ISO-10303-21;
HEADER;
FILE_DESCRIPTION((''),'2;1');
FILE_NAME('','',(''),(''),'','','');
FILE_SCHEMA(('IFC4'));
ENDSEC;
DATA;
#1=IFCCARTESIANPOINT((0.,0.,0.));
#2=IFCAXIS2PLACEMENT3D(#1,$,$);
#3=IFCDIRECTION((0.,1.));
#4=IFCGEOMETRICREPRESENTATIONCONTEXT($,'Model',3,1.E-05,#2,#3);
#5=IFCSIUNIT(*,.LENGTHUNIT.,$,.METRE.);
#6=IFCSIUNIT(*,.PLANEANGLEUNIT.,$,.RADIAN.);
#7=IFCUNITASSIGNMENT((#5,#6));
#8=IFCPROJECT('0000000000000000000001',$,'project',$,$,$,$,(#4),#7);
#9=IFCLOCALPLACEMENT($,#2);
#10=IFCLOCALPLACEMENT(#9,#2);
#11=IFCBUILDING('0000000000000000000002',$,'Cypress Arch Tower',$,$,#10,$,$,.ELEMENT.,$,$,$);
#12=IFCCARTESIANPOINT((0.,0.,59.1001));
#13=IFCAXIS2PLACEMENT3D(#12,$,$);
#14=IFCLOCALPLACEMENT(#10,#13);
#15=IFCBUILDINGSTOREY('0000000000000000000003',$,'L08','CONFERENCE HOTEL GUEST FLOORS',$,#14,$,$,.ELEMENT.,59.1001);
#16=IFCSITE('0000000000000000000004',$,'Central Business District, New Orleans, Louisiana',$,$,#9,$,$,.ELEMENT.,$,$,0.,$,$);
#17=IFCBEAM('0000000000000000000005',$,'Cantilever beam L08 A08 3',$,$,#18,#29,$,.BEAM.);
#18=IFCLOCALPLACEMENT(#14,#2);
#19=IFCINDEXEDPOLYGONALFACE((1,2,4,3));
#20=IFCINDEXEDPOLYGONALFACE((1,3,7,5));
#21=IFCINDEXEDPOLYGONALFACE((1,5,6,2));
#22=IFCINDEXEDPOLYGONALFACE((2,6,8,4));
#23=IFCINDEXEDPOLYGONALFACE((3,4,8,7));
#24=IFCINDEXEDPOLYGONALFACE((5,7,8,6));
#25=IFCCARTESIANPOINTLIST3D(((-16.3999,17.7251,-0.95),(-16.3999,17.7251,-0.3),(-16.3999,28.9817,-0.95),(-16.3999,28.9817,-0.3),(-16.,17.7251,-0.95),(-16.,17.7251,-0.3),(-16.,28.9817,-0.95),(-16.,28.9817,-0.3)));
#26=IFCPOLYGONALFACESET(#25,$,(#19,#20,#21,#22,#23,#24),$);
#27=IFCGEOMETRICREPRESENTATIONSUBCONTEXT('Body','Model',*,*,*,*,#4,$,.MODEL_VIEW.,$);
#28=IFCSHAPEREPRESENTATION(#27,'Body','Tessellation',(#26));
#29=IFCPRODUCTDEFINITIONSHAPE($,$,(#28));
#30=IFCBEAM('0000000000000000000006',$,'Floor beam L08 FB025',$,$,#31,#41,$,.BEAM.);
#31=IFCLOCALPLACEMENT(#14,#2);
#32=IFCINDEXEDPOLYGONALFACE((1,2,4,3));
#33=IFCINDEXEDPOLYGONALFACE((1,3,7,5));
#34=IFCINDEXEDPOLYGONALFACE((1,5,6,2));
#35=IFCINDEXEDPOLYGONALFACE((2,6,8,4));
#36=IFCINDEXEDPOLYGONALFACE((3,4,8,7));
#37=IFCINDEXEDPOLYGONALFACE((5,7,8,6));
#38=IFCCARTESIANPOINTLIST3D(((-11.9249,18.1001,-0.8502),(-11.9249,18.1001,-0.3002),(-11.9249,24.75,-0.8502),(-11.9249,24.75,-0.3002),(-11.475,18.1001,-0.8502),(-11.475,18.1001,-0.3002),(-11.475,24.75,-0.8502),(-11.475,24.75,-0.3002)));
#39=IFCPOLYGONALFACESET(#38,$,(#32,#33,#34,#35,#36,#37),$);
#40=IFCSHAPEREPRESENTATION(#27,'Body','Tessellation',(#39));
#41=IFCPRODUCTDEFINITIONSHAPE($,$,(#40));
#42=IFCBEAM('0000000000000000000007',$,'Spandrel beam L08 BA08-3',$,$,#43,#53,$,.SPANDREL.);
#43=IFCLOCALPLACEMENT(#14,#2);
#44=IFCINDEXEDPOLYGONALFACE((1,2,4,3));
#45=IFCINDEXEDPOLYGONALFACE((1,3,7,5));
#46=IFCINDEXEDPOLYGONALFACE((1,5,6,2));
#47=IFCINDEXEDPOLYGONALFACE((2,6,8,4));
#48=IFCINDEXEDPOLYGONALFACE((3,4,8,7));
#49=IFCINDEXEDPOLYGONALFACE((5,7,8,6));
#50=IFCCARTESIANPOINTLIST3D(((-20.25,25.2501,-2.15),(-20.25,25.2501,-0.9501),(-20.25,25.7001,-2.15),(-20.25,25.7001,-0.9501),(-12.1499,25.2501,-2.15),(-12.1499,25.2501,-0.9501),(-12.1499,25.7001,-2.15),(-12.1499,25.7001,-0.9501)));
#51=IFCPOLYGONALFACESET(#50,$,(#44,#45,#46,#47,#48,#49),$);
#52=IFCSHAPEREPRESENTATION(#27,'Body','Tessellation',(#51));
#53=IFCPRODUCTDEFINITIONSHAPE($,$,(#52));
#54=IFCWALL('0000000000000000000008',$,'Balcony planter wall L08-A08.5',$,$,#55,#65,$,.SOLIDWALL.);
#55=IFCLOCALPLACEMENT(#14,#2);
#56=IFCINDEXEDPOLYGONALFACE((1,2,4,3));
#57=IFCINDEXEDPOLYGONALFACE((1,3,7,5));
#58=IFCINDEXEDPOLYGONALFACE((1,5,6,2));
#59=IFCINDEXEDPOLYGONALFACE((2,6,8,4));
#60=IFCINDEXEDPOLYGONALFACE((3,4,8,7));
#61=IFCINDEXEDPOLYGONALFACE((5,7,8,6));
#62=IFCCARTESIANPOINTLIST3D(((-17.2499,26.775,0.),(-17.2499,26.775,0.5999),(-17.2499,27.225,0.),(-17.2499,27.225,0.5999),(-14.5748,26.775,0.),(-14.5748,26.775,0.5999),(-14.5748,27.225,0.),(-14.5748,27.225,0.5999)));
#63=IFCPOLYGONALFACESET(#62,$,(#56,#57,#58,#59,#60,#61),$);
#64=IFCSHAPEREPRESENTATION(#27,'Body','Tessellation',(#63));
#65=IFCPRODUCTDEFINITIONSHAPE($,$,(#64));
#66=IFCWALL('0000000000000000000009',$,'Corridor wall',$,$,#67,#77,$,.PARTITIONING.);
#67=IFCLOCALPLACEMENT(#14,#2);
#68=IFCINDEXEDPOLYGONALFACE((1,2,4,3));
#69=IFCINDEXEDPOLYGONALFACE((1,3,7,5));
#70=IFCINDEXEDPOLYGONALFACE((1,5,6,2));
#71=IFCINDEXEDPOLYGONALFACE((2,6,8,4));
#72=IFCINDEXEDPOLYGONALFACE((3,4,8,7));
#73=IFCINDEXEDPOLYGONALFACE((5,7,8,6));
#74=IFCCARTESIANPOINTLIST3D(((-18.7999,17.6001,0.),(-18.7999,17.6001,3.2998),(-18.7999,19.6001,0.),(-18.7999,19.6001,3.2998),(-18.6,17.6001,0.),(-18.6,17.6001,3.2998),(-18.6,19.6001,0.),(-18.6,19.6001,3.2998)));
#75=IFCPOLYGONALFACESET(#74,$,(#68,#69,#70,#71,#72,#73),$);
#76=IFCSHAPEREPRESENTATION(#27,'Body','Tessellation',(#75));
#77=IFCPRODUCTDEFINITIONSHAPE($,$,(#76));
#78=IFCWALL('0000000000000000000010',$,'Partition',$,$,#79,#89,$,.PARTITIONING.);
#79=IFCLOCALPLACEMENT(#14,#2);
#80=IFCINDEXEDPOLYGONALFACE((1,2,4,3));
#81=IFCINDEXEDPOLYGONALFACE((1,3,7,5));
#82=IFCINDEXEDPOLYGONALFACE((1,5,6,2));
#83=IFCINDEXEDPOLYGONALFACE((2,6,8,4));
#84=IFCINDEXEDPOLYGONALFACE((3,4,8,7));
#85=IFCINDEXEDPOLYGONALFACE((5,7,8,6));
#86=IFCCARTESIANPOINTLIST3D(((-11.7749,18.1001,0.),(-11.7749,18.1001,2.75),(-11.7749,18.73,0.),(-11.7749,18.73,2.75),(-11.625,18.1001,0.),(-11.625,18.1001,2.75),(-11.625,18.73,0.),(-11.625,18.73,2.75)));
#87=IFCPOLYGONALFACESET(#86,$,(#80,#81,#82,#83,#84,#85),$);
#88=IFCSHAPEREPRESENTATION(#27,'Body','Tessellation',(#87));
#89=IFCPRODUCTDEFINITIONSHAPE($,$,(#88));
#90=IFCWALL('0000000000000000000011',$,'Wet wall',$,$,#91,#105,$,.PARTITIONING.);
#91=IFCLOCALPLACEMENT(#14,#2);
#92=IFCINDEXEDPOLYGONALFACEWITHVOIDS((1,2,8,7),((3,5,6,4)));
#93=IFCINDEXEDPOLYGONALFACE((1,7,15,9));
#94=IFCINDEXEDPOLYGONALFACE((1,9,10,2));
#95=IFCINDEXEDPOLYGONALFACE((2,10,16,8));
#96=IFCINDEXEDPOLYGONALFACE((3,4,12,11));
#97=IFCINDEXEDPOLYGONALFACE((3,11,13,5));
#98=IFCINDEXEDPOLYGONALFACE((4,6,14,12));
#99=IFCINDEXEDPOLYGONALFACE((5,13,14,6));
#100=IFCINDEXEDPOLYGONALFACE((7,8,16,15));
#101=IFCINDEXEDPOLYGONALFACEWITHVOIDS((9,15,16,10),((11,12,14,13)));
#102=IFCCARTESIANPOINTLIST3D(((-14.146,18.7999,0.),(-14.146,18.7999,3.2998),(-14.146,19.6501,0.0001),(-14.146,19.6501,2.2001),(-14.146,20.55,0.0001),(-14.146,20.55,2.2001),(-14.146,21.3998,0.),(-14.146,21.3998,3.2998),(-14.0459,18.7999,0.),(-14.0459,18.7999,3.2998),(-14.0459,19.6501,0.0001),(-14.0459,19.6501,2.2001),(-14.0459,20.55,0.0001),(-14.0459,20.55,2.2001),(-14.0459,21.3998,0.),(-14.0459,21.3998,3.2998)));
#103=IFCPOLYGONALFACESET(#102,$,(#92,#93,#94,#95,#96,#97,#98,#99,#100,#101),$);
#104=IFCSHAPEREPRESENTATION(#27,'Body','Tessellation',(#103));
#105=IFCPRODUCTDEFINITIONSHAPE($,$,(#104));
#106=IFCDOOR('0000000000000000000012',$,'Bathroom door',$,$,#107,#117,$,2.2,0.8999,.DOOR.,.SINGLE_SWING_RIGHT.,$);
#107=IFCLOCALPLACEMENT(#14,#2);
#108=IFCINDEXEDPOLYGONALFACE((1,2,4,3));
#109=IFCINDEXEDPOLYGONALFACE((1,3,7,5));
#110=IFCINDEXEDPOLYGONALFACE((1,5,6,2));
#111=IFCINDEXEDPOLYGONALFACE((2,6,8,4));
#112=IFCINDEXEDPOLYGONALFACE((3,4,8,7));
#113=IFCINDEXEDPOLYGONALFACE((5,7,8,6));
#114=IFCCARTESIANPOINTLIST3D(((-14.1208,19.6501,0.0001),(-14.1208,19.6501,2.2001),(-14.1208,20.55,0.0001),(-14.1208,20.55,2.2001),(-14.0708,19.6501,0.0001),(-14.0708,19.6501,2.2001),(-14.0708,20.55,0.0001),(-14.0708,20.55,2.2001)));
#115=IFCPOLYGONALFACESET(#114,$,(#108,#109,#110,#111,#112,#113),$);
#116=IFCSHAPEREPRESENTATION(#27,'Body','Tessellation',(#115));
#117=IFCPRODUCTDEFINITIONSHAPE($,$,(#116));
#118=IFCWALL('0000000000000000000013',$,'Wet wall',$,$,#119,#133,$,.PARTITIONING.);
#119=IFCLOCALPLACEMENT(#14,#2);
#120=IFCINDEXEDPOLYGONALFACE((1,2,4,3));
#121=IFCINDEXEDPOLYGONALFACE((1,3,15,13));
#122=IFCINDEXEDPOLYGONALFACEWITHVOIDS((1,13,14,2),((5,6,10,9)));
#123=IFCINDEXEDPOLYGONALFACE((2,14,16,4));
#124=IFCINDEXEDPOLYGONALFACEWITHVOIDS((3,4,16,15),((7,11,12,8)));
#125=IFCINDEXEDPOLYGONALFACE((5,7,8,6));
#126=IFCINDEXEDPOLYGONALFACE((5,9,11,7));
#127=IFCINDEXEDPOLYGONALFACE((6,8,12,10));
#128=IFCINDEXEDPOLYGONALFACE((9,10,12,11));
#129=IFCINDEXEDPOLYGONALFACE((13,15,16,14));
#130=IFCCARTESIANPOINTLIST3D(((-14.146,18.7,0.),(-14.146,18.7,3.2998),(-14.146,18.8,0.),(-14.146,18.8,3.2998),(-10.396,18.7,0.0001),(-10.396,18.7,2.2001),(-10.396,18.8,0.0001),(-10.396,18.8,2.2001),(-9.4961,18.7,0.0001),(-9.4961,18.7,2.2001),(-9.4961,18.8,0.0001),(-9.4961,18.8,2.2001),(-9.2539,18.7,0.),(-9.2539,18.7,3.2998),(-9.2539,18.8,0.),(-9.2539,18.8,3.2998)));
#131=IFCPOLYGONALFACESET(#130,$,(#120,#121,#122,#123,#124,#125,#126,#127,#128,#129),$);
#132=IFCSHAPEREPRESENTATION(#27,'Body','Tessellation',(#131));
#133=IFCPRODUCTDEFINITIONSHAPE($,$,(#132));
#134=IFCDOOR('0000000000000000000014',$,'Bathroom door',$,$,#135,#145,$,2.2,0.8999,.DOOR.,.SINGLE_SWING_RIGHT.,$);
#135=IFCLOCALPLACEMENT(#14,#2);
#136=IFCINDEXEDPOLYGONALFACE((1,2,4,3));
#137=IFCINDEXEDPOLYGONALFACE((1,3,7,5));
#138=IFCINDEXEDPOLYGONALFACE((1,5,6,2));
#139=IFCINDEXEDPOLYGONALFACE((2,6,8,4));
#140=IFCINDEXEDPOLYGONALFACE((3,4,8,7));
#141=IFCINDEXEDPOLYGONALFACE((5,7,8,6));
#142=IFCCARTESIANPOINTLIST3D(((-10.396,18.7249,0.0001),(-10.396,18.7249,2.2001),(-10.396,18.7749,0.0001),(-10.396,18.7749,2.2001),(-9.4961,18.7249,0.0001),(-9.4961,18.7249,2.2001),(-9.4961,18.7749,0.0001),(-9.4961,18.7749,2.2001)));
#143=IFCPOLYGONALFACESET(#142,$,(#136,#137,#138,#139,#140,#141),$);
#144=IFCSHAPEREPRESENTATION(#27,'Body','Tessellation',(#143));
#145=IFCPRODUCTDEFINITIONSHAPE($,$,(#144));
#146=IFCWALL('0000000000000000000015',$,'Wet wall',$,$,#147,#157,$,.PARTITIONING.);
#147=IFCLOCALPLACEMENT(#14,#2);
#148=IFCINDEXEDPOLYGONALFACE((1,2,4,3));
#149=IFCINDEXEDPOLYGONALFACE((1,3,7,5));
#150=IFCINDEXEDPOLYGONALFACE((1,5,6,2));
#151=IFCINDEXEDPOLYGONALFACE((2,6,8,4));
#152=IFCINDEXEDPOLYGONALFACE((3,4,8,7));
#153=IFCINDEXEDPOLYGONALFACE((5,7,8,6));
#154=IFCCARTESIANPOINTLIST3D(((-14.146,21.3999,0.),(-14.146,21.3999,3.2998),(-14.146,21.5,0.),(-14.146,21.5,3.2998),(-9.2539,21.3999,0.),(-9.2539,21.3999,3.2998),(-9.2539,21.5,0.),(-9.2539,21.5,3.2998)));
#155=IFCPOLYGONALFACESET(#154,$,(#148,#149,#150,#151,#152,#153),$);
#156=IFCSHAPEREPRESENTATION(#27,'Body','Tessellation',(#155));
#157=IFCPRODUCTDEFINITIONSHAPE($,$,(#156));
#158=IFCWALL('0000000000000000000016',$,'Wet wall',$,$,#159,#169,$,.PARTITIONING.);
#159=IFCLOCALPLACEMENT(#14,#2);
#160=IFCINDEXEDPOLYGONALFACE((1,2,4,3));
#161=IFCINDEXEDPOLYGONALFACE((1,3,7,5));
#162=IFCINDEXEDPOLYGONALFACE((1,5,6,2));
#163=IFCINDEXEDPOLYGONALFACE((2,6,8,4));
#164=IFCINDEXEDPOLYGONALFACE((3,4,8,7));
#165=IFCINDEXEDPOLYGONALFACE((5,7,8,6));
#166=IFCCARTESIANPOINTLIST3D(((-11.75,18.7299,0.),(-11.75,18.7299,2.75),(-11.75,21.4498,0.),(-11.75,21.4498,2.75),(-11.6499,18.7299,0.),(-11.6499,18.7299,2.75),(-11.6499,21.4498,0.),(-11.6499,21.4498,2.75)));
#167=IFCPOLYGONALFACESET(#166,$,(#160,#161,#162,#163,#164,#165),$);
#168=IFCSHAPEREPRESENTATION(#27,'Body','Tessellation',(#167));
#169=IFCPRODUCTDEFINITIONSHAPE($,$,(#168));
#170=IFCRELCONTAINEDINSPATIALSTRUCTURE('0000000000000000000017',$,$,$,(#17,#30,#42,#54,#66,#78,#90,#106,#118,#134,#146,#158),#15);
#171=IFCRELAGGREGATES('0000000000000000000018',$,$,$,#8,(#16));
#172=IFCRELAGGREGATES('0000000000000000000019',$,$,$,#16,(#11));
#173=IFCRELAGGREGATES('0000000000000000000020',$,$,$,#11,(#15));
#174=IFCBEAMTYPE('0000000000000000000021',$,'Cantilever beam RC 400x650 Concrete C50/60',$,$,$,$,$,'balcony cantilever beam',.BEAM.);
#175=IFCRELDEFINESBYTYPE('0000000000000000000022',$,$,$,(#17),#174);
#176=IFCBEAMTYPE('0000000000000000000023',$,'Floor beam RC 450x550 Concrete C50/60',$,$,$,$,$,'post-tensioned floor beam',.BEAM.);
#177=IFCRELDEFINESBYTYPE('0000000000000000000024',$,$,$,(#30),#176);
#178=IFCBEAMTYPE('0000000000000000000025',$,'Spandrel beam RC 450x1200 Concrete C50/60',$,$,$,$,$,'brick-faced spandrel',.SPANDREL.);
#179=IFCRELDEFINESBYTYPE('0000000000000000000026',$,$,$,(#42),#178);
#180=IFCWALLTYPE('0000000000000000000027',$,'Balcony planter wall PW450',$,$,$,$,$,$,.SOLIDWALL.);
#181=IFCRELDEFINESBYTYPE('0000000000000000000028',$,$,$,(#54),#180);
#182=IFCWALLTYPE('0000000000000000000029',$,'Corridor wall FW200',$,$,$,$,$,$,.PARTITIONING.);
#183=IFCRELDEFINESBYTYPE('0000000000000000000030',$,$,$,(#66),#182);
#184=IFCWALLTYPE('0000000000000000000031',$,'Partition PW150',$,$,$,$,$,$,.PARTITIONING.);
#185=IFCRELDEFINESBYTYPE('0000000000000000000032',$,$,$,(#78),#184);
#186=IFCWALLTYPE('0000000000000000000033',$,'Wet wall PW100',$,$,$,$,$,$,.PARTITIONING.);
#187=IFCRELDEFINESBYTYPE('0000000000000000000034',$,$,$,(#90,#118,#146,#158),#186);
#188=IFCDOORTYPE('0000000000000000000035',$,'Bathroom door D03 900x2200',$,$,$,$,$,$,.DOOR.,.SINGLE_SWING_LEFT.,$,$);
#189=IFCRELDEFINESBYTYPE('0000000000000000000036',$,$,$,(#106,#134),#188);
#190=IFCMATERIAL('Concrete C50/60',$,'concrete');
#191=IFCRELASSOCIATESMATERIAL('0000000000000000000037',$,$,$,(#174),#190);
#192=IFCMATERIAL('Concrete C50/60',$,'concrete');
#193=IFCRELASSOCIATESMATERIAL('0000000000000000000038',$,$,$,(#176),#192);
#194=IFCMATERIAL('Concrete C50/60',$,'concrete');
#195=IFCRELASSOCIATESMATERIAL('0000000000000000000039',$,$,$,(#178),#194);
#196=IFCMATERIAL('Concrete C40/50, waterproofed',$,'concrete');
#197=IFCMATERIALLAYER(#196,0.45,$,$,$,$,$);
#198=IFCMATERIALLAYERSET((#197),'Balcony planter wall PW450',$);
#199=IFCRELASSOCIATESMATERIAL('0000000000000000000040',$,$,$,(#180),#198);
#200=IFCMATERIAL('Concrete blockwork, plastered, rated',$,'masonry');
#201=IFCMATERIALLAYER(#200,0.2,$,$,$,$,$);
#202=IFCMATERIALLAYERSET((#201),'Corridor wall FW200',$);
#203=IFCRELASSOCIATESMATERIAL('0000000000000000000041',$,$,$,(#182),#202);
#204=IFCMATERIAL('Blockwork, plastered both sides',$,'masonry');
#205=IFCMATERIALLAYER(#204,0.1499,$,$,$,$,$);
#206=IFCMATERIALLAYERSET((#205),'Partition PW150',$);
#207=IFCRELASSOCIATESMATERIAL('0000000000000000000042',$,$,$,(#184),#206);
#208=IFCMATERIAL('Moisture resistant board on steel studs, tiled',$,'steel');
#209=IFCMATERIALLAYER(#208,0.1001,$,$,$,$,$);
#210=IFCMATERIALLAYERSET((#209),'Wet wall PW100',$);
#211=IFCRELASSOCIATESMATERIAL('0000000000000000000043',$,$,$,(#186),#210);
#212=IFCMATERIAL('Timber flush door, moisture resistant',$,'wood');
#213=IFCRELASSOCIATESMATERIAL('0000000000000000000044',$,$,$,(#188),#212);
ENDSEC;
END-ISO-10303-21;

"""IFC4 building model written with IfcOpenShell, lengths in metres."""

from ifc_helpers import new_model, si_unit, direction, frame, frame_2d, origin, origin_2d, place, context, subcontext, project, spatial, rectangle, extrude, material, layer, layer_set, material_profile, profile_set, type_object, element, fill, save


model = new_model("IFC4")

# Units and contexts
model_context = context("Model", 3, precision=1e-05, world=origin(), true_north=direction((0.0, 1.0)))
body_context = subcontext(model_context, "Body", "Model", "MODEL_VIEW")
ifc_project = project(units=[si_unit("LENGTHUNIT", "METRE"), si_unit("PLANEANGLEUNIT", "RADIAN")], contexts=[model_context])

# Site, building, storey
site_placement = place(None, origin())
site = spatial("IfcSite", under=ifc_project, at=site_placement, Name="Central Business District, New Orleans, Louisiana", CompositionType="ELEMENT", RefElevation=0.0)
building_placement = place(site_placement, origin())
building = spatial("IfcBuilding", under=site, at=building_placement, Name="Cypress Arch Tower", CompositionType="ELEMENT")
storey_placement = place(building_placement, frame((0.0, 0.0, 59.1001)))
storey = spatial("IfcBuildingStorey", under=building, at=storey_placement, Name="L08", Description="CONFERENCE HOTEL GUEST FLOORS", CompositionType="ELEMENT", Elevation=59.1001)

# Beams
ifc_material_1 = material(Name="Concrete C50/60", Category="concrete")
ifc_material_profile_1 = material_profile(ifc_material_1, rectangle(XDim=0.3999, YDim=0.6499, at=origin_2d()), Name="RC 400x650")
ifc_profile_set_1 = profile_set([ifc_material_profile_1], Name="Concrete C50/60")
beam_type_1 = type_object("IfcBeamType", Name="Cantilever beam RC 400x650 Concrete C50/60", ElementType="balcony cantilever beam", PredefinedType="BEAM", material=ifc_profile_set_1)
beam_1_placement = place(storey_placement, frame((-16.2, 17.7251, -0.625), z_axis=(0.0, 1.0, 0.0), x_axis=(-1.0, 0.0, 0.0)))
element("IfcBeam", 1, at=beam_1_placement, inside=storey, type_object=beam_type_1, Name="Cantilever beam L08 A08 3", PredefinedType="BEAM", context=body_context, shape_type="SweptSolid", body=[
    extrude(rectangle(XDim=0.3999, YDim=0.6499, at=origin_2d()), origin(), (0.0, 0.0, 1.0), 11.2566),
])
ifc_material_2 = material(Name="Concrete C50/60", Category="concrete")
ifc_material_profile_2 = material_profile(ifc_material_2, rectangle(XDim=0.45, YDim=0.55, at=origin_2d()), Name="RC 450x550")
ifc_profile_set_2 = profile_set([ifc_material_profile_2], Name="Concrete C50/60")
beam_type_2 = type_object("IfcBeamType", Name="Floor beam RC 450x550 Concrete C50/60", ElementType="post-tensioned floor beam", PredefinedType="BEAM", material=ifc_profile_set_2)
beam_2_placement = place(storey_placement, frame((-11.7, 18.1001, -0.5752), z_axis=(0.0, 1.0, 0.0), x_axis=(-1.0, 0.0, 0.0)))
element("IfcBeam", 2, at=beam_2_placement, inside=storey, type_object=beam_type_2, Name="Floor beam L08 FB025", PredefinedType="BEAM", context=body_context, shape_type="SweptSolid", body=[
    extrude(rectangle(XDim=0.45, YDim=0.55, at=origin_2d()), origin(), (0.0, 0.0, 1.0), 6.6499),
])
ifc_material_3 = material(Name="Concrete C50/60", Category="concrete")
ifc_material_profile_3 = material_profile(ifc_material_3, rectangle(XDim=0.45, YDim=1.2, at=origin_2d()), Name="RC 450x1200")
ifc_profile_set_3 = profile_set([ifc_material_profile_3], Name="Concrete C50/60")
beam_type_3 = type_object("IfcBeamType", Name="Spandrel beam RC 450x1200 Concrete C50/60", ElementType="brick-faced spandrel", PredefinedType="SPANDREL", material=ifc_profile_set_3)
beam_3_placement = place(storey_placement, frame((-12.1499, 25.4751, -1.55), z_axis=(-1.0, 0.0, 0.0), x_axis=(0.0, -1.0, 0.0)))
element("IfcBeam", 3, at=beam_3_placement, inside=storey, type_object=beam_type_3, Name="Spandrel beam L08 BA08-3", PredefinedType="SPANDREL", context=body_context, shape_type="SweptSolid", body=[
    extrude(rectangle(XDim=0.45, YDim=1.2, at=origin_2d()), origin(), (0.0, 0.0, 1.0), 8.1001),
])

# Wall
ifc_material_4 = material(Name="Concrete C40/50, waterproofed", Category="concrete")
ifc_layer_1 = layer(ifc_material_4, 0.45)
ifc_layer_set_1 = layer_set([ifc_layer_1], Name="Balcony planter wall PW450")
wall_type_1 = type_object("IfcWallType", Name="Balcony planter wall PW450", PredefinedType="SOLIDWALL", material=ifc_layer_set_1)
wall_1_placement = place(storey_placement, frame((-14.575, 27.0, 0.0), z_axis=(0.0, 0.0, 1.0), x_axis=(-1.0, 0.0, 0.0)))
element("IfcWall", 4, at=wall_1_placement, inside=storey, type_object=wall_type_1, Name="Balcony planter wall L08-A08.5", PredefinedType="SOLIDWALL", context=body_context, shape_type="SweptSolid", body=[
    extrude(rectangle(XDim=2.675, YDim=0.45, at=frame_2d((1.3374, 0.0))), origin(), (0.0, 0.0, 1.0), 0.5999),
])

# Walls
ifc_material_5 = material(Name="Concrete blockwork, plastered, rated", Category="masonry")
ifc_layer_2 = layer(ifc_material_5, 0.2)
ifc_layer_set_2 = layer_set([ifc_layer_2], Name="Corridor wall FW200")
wall_type_2 = type_object("IfcWallType", Name="Corridor wall FW200", PredefinedType="PARTITIONING", material=ifc_layer_set_2)
wall_2_placement = place(storey_placement, frame((-18.7, 17.6001, 0.0), z_axis=(0.0, 0.0, 1.0), x_axis=(0.0, 1.0, 0.0)))
element("IfcWall", 5, at=wall_2_placement, inside=storey, type_object=wall_type_2, Name="Corridor wall", PredefinedType="PARTITIONING", context=body_context, shape_type="SweptSolid", body=[
    extrude(rectangle(XDim=2.0, YDim=0.2, at=frame_2d((1.0, 0.0))), origin(), (0.0, 0.0, 1.0), 3.2998),
])
ifc_material_6 = material(Name="Blockwork, plastered both sides", Category="masonry")
ifc_layer_3 = layer(ifc_material_6, 0.1499)
ifc_layer_set_3 = layer_set([ifc_layer_3], Name="Partition PW150")
wall_type_3 = type_object("IfcWallType", Name="Partition PW150", PredefinedType="PARTITIONING", material=ifc_layer_set_3)
wall_3_placement = place(storey_placement, frame((-11.7, 18.1001, 0.0), z_axis=(0.0, 0.0, 1.0), x_axis=(0.0, 1.0, 0.0)))
element("IfcWall", 6, at=wall_3_placement, inside=storey, type_object=wall_type_3, Name="Partition", PredefinedType="PARTITIONING", context=body_context, shape_type="SweptSolid", body=[
    extrude(rectangle(XDim=0.6299, YDim=0.1499, at=frame_2d((0.3149, 0.0))), origin(), (0.0, 0.0, 1.0), 2.75),
])

# Walls, openings, doors
ifc_material_7 = material(Name="Moisture resistant board on steel studs, tiled", Category="steel")
ifc_layer_4 = layer(ifc_material_7, 0.1001)
ifc_layer_set_4 = layer_set([ifc_layer_4], Name="Wet wall PW100")
wall_type_4 = type_object("IfcWallType", Name="Wet wall PW100", PredefinedType="PARTITIONING", material=ifc_layer_set_4)
wall_4_placement = place(storey_placement, frame((-14.0959, 18.8, 0.0), z_axis=(0.0, 0.0, 1.0), x_axis=(0.0, 1.0, 0.0)))
wall_4 = element("IfcWall", 7, at=wall_4_placement, inside=storey, type_object=wall_type_4, Name="Wet wall", PredefinedType="PARTITIONING", context=body_context, shape_type="SweptSolid", body=[
    extrude(rectangle(XDim=2.5999, YDim=0.1001, at=frame_2d((1.2998, 0.0))), origin(), (0.0, 0.0, 1.0), 3.2998),
])
opening_1_placement = place(wall_4_placement, frame((0.8501, 0.0, 0.0)))
opening_1 = element("IfcOpeningElement", 8, at=opening_1_placement, cuts=wall_4, PredefinedType="OPENING", context=body_context, shape_type="SweptSolid", body=[
    extrude(rectangle(XDim=0.8999, YDim=2.2, at=frame_2d((0.45, 1.1001))), frame((0.0, 0.0601, 0.0), z_axis=(0.0, -1.0, 0.0), x_axis=(1.0, 0.0, 0.0)), (0.0, 0.0, 1.0), 0.1201),
])
ifc_material_8 = material(Name="Timber flush door, moisture resistant", Category="wood")
door_type_1 = type_object("IfcDoorType", Name="Bathroom door D03 900x2200", OperationType="SINGLE_SWING_LEFT", PredefinedType="DOOR", material=ifc_material_8)
door_1_placement = place(opening_1_placement, origin())
door_1 = element("IfcDoor", 9, at=door_1_placement, inside=storey, type_object=door_type_1, Name="Bathroom door", OperationType="SINGLE_SWING_RIGHT", OverallHeight=2.2, OverallWidth=0.8999, PredefinedType="DOOR", context=body_context, shape_type="SweptSolid", body=[
    extrude(rectangle(XDim=0.8999, YDim=2.2, at=frame_2d((0.45, 1.1001))), frame((0.0, 0.0249, 0.0), z_axis=(0.0, -1.0, 0.0), x_axis=(1.0, 0.0, 0.0)), (0.0, 0.0, 1.0), 0.05),
])
fill(opening_1, door_1)
wall_5_placement = place(storey_placement, frame((-14.146, 18.75, 0.0), z_axis=(0.0, 0.0, 1.0), x_axis=(1.0, 0.0, 0.0)))
wall_5 = element("IfcWall", 10, at=wall_5_placement, inside=storey, type_object=wall_type_4, Name="Wet wall", PredefinedType="PARTITIONING", context=body_context, shape_type="SweptSolid", body=[
    extrude(rectangle(XDim=4.8921, YDim=0.1001, at=frame_2d((2.446, 0.0))), origin(), (0.0, 0.0, 1.0), 3.2998),
])
opening_2_placement = place(wall_5_placement, frame((3.75, 0.0, 0.0)))
opening_2 = element("IfcOpeningElement", 11, at=opening_2_placement, cuts=wall_5, PredefinedType="OPENING", context=body_context, shape_type="SweptSolid", body=[
    extrude(rectangle(XDim=0.8999, YDim=2.2, at=frame_2d((0.45, 1.1001))), frame((0.0, 0.0601, 0.0), z_axis=(0.0, -1.0, 0.0), x_axis=(1.0, 0.0, 0.0)), (0.0, 0.0, 1.0), 0.1201),
])
door_2_placement = place(opening_2_placement, origin())
door_2 = element("IfcDoor", 12, at=door_2_placement, inside=storey, type_object=door_type_1, Name="Bathroom door", OperationType="SINGLE_SWING_RIGHT", OverallHeight=2.2, OverallWidth=0.8999, PredefinedType="DOOR", context=body_context, shape_type="SweptSolid", body=[
    extrude(rectangle(XDim=0.8999, YDim=2.2, at=frame_2d((0.45, 1.1001))), frame((0.0, 0.0249, 0.0), z_axis=(0.0, -1.0, 0.0), x_axis=(1.0, 0.0, 0.0)), (0.0, 0.0, 1.0), 0.05),
])
fill(opening_2, door_2)

# Walls
wall_6_placement = place(storey_placement, frame((-14.146, 21.45, 0.0), z_axis=(0.0, 0.0, 1.0), x_axis=(1.0, 0.0, 0.0)))
element("IfcWall", 13, at=wall_6_placement, inside=storey, type_object=wall_type_4, Name="Wet wall", PredefinedType="PARTITIONING", context=body_context, shape_type="SweptSolid", body=[
    extrude(rectangle(XDim=4.8921, YDim=0.1001, at=frame_2d((2.446, 0.0))), origin(), (0.0, 0.0, 1.0), 3.2998),
])
wall_7_placement = place(storey_placement, frame((-11.7, 18.73, 0.0), z_axis=(0.0, 0.0, 1.0), x_axis=(0.0, 1.0, 0.0)))
element("IfcWall", 14, at=wall_7_placement, inside=storey, type_object=wall_type_4, Name="Wet wall", PredefinedType="PARTITIONING", context=body_context, shape_type="SweptSolid", body=[
    extrude(rectangle(XDim=2.72, YDim=0.1001, at=frame_2d((1.3599, 0.0))), origin(), (0.0, 0.0, 1.0), 2.75),
])

save(model, "model.ifc")
